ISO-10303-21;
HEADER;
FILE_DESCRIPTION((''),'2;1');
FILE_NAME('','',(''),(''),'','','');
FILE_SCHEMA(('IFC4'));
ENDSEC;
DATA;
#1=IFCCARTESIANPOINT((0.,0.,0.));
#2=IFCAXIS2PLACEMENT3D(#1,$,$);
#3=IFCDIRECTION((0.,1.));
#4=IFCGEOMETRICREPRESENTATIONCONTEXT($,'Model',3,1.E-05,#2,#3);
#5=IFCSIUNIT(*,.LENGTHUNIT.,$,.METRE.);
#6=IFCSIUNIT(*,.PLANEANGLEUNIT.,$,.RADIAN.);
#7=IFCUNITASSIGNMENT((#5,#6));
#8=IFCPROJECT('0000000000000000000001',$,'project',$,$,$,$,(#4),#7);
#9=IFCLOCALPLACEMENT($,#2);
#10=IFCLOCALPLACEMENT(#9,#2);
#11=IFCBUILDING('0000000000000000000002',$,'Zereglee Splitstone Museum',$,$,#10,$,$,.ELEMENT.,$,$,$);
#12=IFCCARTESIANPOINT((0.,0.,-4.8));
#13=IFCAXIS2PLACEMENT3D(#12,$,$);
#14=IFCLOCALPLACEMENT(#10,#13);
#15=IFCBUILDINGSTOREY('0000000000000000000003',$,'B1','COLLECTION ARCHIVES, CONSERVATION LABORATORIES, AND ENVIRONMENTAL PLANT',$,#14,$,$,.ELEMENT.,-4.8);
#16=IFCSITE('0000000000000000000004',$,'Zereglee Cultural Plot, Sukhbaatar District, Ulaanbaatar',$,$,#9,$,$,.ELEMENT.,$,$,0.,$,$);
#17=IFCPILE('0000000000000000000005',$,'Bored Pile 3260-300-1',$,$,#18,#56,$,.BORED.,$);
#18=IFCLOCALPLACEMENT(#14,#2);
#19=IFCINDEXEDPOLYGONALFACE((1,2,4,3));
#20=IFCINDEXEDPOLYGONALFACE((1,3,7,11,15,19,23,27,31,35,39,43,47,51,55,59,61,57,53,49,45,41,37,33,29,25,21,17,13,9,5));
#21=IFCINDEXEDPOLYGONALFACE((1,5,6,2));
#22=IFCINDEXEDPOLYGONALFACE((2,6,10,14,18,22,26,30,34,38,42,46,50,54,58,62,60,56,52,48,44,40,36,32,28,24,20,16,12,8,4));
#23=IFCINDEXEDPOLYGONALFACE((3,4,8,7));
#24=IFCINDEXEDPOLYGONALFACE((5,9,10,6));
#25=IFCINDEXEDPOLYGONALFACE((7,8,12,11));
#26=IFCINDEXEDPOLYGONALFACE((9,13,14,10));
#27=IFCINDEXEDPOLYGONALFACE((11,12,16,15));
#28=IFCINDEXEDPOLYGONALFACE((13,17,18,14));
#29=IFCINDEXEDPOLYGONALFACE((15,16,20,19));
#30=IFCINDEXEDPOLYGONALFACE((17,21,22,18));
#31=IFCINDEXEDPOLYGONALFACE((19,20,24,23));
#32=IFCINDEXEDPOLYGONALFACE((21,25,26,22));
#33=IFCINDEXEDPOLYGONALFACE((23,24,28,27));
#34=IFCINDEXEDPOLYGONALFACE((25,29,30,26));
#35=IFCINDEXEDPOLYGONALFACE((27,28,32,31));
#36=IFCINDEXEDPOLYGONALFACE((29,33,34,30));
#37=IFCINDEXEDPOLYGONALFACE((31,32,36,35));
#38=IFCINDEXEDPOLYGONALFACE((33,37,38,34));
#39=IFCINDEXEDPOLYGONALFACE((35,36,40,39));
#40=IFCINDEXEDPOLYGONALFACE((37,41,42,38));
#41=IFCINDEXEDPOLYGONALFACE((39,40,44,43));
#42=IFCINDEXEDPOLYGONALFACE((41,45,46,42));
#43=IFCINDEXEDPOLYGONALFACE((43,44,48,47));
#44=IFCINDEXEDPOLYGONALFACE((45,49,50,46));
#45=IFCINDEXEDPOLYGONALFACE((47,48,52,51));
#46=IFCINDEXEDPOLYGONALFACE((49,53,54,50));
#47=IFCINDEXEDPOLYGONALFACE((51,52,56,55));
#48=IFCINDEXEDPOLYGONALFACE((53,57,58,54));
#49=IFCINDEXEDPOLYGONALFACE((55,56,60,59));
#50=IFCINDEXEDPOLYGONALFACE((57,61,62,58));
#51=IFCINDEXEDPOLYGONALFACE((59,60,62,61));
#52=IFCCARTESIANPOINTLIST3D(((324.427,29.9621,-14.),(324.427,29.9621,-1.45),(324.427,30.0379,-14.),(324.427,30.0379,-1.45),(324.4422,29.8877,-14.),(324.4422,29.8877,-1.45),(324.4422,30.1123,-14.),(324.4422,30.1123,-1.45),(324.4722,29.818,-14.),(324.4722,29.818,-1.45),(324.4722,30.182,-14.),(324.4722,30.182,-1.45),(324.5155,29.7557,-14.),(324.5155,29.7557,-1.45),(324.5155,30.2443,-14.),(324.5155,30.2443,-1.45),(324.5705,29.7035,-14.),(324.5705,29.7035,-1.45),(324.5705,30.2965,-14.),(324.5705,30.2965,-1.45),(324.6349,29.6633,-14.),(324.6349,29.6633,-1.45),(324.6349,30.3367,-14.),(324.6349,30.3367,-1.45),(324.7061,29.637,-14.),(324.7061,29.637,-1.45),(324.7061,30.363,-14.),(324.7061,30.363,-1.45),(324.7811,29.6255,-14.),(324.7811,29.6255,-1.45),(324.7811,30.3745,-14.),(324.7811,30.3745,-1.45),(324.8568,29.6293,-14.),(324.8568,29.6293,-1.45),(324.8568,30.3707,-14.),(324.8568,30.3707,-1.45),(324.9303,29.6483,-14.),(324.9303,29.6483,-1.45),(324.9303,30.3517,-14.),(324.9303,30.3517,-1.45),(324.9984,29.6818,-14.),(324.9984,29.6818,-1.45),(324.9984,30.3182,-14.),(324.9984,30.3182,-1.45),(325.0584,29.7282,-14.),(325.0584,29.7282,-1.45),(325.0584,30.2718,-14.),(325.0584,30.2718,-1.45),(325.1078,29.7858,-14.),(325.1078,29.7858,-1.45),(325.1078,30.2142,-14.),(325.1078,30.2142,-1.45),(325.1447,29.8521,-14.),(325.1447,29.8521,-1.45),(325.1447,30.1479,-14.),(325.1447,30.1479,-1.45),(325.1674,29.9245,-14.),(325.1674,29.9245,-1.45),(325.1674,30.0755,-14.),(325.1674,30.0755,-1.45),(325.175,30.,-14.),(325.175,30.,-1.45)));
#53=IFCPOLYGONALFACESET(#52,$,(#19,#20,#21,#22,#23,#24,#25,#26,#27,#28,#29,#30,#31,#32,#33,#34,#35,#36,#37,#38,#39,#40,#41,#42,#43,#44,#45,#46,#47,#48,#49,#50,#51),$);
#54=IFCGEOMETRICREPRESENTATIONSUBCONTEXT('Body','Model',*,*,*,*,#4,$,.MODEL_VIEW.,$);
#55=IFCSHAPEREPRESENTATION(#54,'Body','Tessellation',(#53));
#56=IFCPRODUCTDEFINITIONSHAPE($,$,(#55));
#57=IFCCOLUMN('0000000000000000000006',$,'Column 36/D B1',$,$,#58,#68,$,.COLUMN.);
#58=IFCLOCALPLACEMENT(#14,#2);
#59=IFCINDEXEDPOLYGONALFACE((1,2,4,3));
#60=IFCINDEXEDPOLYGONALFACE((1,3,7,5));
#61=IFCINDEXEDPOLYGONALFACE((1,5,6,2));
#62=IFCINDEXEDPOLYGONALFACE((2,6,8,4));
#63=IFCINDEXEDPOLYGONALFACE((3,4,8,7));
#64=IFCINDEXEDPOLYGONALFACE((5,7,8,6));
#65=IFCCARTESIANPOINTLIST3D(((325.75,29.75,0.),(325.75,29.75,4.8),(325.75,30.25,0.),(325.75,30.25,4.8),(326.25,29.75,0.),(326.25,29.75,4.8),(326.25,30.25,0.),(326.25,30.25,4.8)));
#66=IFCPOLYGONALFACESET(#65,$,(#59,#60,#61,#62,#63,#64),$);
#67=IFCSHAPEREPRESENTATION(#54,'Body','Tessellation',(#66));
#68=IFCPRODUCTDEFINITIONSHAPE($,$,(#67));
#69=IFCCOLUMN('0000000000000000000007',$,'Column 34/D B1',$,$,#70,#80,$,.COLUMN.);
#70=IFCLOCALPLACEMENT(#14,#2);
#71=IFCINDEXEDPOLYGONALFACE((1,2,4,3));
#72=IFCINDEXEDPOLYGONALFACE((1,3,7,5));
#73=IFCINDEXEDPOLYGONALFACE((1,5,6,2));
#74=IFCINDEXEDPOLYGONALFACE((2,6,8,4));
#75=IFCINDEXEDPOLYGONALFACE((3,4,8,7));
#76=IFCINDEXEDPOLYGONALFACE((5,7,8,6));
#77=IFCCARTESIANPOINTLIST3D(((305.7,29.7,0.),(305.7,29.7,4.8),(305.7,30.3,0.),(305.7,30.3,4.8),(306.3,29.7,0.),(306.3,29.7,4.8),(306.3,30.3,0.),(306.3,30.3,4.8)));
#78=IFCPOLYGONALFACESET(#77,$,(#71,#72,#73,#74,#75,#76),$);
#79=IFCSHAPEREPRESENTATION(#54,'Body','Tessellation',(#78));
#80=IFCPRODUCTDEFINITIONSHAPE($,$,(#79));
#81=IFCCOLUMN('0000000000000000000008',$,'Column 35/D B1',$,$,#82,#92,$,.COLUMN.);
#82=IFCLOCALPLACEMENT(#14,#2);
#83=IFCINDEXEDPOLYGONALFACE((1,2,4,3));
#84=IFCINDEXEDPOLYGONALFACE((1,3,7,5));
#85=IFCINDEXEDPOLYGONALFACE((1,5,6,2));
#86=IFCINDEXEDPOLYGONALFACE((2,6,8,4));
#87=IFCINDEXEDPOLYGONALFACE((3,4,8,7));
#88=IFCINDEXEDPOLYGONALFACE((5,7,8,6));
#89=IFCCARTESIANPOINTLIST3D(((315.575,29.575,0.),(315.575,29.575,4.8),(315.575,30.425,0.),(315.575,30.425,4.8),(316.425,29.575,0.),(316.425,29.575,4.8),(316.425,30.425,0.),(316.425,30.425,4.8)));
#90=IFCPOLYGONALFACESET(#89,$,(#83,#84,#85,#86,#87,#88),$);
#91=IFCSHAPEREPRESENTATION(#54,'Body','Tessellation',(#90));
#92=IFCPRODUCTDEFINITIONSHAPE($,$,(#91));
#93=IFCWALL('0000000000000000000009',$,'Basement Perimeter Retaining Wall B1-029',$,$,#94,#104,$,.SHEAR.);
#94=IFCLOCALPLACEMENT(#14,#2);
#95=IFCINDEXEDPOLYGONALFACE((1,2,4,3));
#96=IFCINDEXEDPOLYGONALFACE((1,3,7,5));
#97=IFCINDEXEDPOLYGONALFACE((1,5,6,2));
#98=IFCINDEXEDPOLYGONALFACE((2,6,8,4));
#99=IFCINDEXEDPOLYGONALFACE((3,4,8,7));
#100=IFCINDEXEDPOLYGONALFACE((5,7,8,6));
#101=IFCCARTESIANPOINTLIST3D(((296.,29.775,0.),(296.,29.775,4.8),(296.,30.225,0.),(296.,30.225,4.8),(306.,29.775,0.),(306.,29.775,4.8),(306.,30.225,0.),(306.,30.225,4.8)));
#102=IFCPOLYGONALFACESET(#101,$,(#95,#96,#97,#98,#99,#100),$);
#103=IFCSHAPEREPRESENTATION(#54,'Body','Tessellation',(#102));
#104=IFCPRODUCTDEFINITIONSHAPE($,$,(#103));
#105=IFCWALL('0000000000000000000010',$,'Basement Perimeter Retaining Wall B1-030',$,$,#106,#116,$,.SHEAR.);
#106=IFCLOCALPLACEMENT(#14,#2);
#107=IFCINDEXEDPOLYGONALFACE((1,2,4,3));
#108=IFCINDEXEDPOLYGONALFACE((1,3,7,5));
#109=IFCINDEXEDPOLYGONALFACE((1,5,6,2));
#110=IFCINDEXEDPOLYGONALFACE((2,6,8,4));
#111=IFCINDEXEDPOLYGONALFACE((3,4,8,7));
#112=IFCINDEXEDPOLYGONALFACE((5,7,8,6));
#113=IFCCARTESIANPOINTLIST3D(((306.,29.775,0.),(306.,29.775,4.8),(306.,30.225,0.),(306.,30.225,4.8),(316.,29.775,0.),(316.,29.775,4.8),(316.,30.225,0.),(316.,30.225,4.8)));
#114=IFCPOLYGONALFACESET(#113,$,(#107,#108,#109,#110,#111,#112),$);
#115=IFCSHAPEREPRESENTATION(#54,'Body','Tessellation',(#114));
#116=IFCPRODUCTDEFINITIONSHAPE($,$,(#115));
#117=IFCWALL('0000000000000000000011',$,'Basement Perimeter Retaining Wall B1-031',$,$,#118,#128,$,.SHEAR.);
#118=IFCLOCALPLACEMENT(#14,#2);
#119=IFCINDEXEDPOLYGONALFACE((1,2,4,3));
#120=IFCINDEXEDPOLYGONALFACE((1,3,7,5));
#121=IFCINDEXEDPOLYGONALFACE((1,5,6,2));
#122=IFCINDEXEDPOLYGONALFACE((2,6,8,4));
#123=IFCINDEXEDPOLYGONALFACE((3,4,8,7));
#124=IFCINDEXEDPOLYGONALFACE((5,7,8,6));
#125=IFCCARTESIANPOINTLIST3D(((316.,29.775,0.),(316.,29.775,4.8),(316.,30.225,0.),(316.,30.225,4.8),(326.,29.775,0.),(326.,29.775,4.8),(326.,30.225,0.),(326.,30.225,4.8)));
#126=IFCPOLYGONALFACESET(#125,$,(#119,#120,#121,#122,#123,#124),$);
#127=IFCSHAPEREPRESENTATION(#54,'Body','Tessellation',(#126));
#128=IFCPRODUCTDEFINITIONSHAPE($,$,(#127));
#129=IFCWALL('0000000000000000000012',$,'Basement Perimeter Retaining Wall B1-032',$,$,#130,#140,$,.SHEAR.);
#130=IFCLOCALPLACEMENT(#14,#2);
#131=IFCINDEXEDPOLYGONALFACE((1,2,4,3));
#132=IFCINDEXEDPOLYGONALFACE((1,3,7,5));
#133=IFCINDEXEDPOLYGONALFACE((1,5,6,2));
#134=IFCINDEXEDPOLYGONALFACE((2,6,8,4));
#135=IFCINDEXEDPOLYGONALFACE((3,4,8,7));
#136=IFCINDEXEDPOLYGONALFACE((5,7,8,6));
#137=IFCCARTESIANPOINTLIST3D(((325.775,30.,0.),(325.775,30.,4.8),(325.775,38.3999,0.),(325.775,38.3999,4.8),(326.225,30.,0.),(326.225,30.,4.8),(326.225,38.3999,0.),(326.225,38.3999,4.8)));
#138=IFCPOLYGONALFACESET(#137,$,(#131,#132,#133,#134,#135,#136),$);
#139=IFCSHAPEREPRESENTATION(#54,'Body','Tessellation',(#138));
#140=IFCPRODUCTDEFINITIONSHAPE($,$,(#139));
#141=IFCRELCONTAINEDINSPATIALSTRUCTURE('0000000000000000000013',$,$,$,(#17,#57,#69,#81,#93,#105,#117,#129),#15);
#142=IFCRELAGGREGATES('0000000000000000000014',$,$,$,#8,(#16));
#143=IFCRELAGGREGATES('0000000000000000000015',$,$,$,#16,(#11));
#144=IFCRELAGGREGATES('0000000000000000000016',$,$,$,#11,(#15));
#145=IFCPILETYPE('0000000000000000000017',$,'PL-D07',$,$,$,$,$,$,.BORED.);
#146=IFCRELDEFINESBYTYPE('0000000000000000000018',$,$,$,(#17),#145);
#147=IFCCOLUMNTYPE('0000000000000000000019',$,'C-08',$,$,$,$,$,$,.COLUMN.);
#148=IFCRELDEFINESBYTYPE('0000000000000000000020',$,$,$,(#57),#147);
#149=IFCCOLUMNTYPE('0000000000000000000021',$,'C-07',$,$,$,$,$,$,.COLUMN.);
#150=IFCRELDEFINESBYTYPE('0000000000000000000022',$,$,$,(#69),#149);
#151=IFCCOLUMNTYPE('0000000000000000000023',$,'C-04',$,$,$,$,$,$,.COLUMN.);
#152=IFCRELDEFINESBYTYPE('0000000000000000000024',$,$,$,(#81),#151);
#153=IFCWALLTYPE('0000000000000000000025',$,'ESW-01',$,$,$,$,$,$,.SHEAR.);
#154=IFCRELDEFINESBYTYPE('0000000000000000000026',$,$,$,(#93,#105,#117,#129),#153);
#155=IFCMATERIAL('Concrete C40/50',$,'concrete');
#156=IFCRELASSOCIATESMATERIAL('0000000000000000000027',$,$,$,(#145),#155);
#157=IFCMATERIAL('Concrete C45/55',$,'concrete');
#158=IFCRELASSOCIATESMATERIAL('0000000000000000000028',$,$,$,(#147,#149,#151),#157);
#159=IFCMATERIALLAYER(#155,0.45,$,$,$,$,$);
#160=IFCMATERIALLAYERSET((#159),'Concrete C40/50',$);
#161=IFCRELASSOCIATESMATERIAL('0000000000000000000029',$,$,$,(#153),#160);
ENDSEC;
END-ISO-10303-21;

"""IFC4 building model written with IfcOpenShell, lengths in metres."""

from ifc_helpers import new_model, si_unit, direction, frame, frame_2d, origin, origin_2d, place, context, subcontext, project, spatial, rectangle, circle, extrude, material, layer, layer_set, material_profile, profile_set, type_object, element, save


model = new_model("IFC4")

# Units and contexts
model_context = context("Model", 3, precision=1e-05, world=origin(), true_north=direction((0.0, 1.0)))
body_context = subcontext(model_context, "Body", "Model", "MODEL_VIEW")
ifc_project = project(units=[si_unit("LENGTHUNIT", "METRE"), si_unit("PLANEANGLEUNIT", "RADIAN")], contexts=[model_context])

# Site, building, storey
site_placement = place(None, origin())
site = spatial("IfcSite", under=ifc_project, at=site_placement, Name="Zereglee Cultural Plot, Sukhbaatar District, Ulaanbaatar", CompositionType="ELEMENT", RefElevation=0.0)
building_placement = place(site_placement, origin())
building = spatial("IfcBuilding", under=site, at=building_placement, Name="Zereglee Splitstone Museum", CompositionType="ELEMENT")
storey_placement = place(building_placement, frame((0.0, 0.0, -4.8)))
storey = spatial("IfcBuildingStorey", under=building, at=storey_placement, Name="B1", Description="COLLECTION ARCHIVES, CONSERVATION LABORATORIES, AND ENVIRONMENTAL PLANT", CompositionType="ELEMENT", Elevation=-4.8)

# Shared definitions
ifc_material_1 = material(Name="Concrete C40/50", Category="concrete")

# Pile
ifc_material_profile_1 = material_profile(ifc_material_1, circle(Radius=0.375, at=origin_2d()), Name="PILE D750")
ifc_profile_set_1 = profile_set([ifc_material_profile_1], Name="Concrete C40/50")
pile_type = type_object("IfcPileType", Name="PL-D07", PredefinedType="BORED", material=ifc_profile_set_1)
for number, where, z_axis, x_axis, name in (
    (1, (324.8, 30.0, -1.45), (0.0, 0.0, -1.0), (1.0, 0.0, 0.0), "Bored Pile 3260-300-1"),
):
    element("IfcPile", number, at=place(storey_placement, frame(where, z_axis=z_axis, x_axis=x_axis)), inside=storey, type_object=pile_type, Name=name, PredefinedType="BORED", context=body_context, shape_type="SweptSolid", body=[
        extrude(circle(Radius=0.375, at=origin_2d()), origin(), (0.0, 0.0, 1.0), 12.55),
    ])

# Columns
ifc_material_2 = material(Name="Concrete C45/55", Category="concrete")
ifc_material_profile_2 = material_profile(ifc_material_2, rectangle(XDim=0.5, YDim=0.5, at=origin_2d()), Name="RC 500x500")
ifc_profile_set_2 = profile_set([ifc_material_profile_2], Name="Concrete C45/55")
column_type_1 = type_object("IfcColumnType", Name="C-08", PredefinedType="COLUMN", material=ifc_profile_set_2)
column_1_placement = place(storey_placement, frame((326.0, 30.0, 0.0), z_axis=(0.0, 0.0, 1.0), x_axis=(1.0, 0.0, 0.0)))
element("IfcColumn", 2, at=column_1_placement, inside=storey, type_object=column_type_1, Name="Column 36/D B1", PredefinedType="COLUMN", context=body_context, shape_type="SweptSolid", body=[
    extrude(rectangle(XDim=0.5, YDim=0.5, at=origin_2d()), origin(), (0.0, 0.0, 1.0), 4.8),
])
ifc_material_profile_3 = material_profile(ifc_material_2, rectangle(XDim=0.6001, YDim=0.6001, at=origin_2d()), Name="RC 600x600")
ifc_profile_set_3 = profile_set([ifc_material_profile_3], Name="Concrete C45/55")
column_type_2 = type_object("IfcColumnType", Name="C-07", PredefinedType="COLUMN", material=ifc_profile_set_3)
column_2_placement = place(storey_placement, frame((306.0, 30.0, 0.0), z_axis=(0.0, 0.0, 1.0), x_axis=(1.0, 0.0, 0.0)))
element("IfcColumn", 3, at=column_2_placement, inside=storey, type_object=column_type_2, Name="Column 34/D B1", PredefinedType="COLUMN", context=body_context, shape_type="SweptSolid", body=[
    extrude(rectangle(XDim=0.6001, YDim=0.6001, at=origin_2d()), origin(), (0.0, 0.0, 1.0), 4.8),
])
ifc_material_profile_4 = material_profile(ifc_material_2, rectangle(XDim=0.8501, YDim=0.8501, at=origin_2d()), Name="RC 850x850")
ifc_profile_set_4 = profile_set([ifc_material_profile_4], Name="Concrete C45/55")
column_type_3 = type_object("IfcColumnType", Name="C-04", PredefinedType="COLUMN", material=ifc_profile_set_4)
column_3_placement = place(storey_placement, frame((316.0, 30.0, 0.0), z_axis=(0.0, 0.0, 1.0), x_axis=(1.0, 0.0, 0.0)))
element("IfcColumn", 4, at=column_3_placement, inside=storey, type_object=column_type_3, Name="Column 35/D B1", PredefinedType="COLUMN", context=body_context, shape_type="SweptSolid", body=[
    extrude(rectangle(XDim=0.8501, YDim=0.8501, at=origin_2d()), origin(), (0.0, 0.0, 1.0), 4.8),
])

# Walls
ifc_layer_1 = layer(ifc_material_1, 0.45)
ifc_layer_set_1 = layer_set([ifc_layer_1], Name="Concrete C40/50")
wall_type = type_object("IfcWallType", Name="ESW-01", PredefinedType="SHEAR", material=ifc_layer_set_1)
for number, where, z_axis, x_axis, name in (
    (5, (296.0, 30.0, 0.0), (0.0, 0.0, 1.0), (1.0, 0.0, 0.0), "Basement Perimeter Retaining Wall B1-029"),
    (6, (306.0, 30.0, 0.0), (0.0, 0.0, 1.0), (1.0, 0.0, 0.0), "Basement Perimeter Retaining Wall B1-030"),
    (7, (316.0, 30.0, 0.0), (0.0, 0.0, 1.0), (1.0, 0.0, 0.0), "Basement Perimeter Retaining Wall B1-031"),
):
    element("IfcWall", number, at=place(storey_placement, frame(where, z_axis=z_axis, x_axis=x_axis)), inside=storey, type_object=wall_type, Name=name, PredefinedType="SHEAR", context=body_context, shape_type="SweptSolid", body=[
        extrude(rectangle(XDim=10.0, YDim=0.45, at=frame_2d((5.0, 0.0))), origin(), (0.0, 0.0, 1.0), 4.8),
    ])
wall_placement = place(storey_placement, frame((326.0, 30.0, 0.0), z_axis=(0.0, 0.0, 1.0), x_axis=(0.0, 1.0, 0.0)))
element("IfcWall", 8, at=wall_placement, inside=storey, type_object=wall_type, Name="Basement Perimeter Retaining Wall B1-032", PredefinedType="SHEAR", context=body_context, shape_type="SweptSolid", body=[
    extrude(rectangle(XDim=8.3999, YDim=0.45, at=frame_2d((4.2, 0.0))), origin(), (0.0, 0.0, 1.0), 4.8),
])

save(model, "model.ifc")
